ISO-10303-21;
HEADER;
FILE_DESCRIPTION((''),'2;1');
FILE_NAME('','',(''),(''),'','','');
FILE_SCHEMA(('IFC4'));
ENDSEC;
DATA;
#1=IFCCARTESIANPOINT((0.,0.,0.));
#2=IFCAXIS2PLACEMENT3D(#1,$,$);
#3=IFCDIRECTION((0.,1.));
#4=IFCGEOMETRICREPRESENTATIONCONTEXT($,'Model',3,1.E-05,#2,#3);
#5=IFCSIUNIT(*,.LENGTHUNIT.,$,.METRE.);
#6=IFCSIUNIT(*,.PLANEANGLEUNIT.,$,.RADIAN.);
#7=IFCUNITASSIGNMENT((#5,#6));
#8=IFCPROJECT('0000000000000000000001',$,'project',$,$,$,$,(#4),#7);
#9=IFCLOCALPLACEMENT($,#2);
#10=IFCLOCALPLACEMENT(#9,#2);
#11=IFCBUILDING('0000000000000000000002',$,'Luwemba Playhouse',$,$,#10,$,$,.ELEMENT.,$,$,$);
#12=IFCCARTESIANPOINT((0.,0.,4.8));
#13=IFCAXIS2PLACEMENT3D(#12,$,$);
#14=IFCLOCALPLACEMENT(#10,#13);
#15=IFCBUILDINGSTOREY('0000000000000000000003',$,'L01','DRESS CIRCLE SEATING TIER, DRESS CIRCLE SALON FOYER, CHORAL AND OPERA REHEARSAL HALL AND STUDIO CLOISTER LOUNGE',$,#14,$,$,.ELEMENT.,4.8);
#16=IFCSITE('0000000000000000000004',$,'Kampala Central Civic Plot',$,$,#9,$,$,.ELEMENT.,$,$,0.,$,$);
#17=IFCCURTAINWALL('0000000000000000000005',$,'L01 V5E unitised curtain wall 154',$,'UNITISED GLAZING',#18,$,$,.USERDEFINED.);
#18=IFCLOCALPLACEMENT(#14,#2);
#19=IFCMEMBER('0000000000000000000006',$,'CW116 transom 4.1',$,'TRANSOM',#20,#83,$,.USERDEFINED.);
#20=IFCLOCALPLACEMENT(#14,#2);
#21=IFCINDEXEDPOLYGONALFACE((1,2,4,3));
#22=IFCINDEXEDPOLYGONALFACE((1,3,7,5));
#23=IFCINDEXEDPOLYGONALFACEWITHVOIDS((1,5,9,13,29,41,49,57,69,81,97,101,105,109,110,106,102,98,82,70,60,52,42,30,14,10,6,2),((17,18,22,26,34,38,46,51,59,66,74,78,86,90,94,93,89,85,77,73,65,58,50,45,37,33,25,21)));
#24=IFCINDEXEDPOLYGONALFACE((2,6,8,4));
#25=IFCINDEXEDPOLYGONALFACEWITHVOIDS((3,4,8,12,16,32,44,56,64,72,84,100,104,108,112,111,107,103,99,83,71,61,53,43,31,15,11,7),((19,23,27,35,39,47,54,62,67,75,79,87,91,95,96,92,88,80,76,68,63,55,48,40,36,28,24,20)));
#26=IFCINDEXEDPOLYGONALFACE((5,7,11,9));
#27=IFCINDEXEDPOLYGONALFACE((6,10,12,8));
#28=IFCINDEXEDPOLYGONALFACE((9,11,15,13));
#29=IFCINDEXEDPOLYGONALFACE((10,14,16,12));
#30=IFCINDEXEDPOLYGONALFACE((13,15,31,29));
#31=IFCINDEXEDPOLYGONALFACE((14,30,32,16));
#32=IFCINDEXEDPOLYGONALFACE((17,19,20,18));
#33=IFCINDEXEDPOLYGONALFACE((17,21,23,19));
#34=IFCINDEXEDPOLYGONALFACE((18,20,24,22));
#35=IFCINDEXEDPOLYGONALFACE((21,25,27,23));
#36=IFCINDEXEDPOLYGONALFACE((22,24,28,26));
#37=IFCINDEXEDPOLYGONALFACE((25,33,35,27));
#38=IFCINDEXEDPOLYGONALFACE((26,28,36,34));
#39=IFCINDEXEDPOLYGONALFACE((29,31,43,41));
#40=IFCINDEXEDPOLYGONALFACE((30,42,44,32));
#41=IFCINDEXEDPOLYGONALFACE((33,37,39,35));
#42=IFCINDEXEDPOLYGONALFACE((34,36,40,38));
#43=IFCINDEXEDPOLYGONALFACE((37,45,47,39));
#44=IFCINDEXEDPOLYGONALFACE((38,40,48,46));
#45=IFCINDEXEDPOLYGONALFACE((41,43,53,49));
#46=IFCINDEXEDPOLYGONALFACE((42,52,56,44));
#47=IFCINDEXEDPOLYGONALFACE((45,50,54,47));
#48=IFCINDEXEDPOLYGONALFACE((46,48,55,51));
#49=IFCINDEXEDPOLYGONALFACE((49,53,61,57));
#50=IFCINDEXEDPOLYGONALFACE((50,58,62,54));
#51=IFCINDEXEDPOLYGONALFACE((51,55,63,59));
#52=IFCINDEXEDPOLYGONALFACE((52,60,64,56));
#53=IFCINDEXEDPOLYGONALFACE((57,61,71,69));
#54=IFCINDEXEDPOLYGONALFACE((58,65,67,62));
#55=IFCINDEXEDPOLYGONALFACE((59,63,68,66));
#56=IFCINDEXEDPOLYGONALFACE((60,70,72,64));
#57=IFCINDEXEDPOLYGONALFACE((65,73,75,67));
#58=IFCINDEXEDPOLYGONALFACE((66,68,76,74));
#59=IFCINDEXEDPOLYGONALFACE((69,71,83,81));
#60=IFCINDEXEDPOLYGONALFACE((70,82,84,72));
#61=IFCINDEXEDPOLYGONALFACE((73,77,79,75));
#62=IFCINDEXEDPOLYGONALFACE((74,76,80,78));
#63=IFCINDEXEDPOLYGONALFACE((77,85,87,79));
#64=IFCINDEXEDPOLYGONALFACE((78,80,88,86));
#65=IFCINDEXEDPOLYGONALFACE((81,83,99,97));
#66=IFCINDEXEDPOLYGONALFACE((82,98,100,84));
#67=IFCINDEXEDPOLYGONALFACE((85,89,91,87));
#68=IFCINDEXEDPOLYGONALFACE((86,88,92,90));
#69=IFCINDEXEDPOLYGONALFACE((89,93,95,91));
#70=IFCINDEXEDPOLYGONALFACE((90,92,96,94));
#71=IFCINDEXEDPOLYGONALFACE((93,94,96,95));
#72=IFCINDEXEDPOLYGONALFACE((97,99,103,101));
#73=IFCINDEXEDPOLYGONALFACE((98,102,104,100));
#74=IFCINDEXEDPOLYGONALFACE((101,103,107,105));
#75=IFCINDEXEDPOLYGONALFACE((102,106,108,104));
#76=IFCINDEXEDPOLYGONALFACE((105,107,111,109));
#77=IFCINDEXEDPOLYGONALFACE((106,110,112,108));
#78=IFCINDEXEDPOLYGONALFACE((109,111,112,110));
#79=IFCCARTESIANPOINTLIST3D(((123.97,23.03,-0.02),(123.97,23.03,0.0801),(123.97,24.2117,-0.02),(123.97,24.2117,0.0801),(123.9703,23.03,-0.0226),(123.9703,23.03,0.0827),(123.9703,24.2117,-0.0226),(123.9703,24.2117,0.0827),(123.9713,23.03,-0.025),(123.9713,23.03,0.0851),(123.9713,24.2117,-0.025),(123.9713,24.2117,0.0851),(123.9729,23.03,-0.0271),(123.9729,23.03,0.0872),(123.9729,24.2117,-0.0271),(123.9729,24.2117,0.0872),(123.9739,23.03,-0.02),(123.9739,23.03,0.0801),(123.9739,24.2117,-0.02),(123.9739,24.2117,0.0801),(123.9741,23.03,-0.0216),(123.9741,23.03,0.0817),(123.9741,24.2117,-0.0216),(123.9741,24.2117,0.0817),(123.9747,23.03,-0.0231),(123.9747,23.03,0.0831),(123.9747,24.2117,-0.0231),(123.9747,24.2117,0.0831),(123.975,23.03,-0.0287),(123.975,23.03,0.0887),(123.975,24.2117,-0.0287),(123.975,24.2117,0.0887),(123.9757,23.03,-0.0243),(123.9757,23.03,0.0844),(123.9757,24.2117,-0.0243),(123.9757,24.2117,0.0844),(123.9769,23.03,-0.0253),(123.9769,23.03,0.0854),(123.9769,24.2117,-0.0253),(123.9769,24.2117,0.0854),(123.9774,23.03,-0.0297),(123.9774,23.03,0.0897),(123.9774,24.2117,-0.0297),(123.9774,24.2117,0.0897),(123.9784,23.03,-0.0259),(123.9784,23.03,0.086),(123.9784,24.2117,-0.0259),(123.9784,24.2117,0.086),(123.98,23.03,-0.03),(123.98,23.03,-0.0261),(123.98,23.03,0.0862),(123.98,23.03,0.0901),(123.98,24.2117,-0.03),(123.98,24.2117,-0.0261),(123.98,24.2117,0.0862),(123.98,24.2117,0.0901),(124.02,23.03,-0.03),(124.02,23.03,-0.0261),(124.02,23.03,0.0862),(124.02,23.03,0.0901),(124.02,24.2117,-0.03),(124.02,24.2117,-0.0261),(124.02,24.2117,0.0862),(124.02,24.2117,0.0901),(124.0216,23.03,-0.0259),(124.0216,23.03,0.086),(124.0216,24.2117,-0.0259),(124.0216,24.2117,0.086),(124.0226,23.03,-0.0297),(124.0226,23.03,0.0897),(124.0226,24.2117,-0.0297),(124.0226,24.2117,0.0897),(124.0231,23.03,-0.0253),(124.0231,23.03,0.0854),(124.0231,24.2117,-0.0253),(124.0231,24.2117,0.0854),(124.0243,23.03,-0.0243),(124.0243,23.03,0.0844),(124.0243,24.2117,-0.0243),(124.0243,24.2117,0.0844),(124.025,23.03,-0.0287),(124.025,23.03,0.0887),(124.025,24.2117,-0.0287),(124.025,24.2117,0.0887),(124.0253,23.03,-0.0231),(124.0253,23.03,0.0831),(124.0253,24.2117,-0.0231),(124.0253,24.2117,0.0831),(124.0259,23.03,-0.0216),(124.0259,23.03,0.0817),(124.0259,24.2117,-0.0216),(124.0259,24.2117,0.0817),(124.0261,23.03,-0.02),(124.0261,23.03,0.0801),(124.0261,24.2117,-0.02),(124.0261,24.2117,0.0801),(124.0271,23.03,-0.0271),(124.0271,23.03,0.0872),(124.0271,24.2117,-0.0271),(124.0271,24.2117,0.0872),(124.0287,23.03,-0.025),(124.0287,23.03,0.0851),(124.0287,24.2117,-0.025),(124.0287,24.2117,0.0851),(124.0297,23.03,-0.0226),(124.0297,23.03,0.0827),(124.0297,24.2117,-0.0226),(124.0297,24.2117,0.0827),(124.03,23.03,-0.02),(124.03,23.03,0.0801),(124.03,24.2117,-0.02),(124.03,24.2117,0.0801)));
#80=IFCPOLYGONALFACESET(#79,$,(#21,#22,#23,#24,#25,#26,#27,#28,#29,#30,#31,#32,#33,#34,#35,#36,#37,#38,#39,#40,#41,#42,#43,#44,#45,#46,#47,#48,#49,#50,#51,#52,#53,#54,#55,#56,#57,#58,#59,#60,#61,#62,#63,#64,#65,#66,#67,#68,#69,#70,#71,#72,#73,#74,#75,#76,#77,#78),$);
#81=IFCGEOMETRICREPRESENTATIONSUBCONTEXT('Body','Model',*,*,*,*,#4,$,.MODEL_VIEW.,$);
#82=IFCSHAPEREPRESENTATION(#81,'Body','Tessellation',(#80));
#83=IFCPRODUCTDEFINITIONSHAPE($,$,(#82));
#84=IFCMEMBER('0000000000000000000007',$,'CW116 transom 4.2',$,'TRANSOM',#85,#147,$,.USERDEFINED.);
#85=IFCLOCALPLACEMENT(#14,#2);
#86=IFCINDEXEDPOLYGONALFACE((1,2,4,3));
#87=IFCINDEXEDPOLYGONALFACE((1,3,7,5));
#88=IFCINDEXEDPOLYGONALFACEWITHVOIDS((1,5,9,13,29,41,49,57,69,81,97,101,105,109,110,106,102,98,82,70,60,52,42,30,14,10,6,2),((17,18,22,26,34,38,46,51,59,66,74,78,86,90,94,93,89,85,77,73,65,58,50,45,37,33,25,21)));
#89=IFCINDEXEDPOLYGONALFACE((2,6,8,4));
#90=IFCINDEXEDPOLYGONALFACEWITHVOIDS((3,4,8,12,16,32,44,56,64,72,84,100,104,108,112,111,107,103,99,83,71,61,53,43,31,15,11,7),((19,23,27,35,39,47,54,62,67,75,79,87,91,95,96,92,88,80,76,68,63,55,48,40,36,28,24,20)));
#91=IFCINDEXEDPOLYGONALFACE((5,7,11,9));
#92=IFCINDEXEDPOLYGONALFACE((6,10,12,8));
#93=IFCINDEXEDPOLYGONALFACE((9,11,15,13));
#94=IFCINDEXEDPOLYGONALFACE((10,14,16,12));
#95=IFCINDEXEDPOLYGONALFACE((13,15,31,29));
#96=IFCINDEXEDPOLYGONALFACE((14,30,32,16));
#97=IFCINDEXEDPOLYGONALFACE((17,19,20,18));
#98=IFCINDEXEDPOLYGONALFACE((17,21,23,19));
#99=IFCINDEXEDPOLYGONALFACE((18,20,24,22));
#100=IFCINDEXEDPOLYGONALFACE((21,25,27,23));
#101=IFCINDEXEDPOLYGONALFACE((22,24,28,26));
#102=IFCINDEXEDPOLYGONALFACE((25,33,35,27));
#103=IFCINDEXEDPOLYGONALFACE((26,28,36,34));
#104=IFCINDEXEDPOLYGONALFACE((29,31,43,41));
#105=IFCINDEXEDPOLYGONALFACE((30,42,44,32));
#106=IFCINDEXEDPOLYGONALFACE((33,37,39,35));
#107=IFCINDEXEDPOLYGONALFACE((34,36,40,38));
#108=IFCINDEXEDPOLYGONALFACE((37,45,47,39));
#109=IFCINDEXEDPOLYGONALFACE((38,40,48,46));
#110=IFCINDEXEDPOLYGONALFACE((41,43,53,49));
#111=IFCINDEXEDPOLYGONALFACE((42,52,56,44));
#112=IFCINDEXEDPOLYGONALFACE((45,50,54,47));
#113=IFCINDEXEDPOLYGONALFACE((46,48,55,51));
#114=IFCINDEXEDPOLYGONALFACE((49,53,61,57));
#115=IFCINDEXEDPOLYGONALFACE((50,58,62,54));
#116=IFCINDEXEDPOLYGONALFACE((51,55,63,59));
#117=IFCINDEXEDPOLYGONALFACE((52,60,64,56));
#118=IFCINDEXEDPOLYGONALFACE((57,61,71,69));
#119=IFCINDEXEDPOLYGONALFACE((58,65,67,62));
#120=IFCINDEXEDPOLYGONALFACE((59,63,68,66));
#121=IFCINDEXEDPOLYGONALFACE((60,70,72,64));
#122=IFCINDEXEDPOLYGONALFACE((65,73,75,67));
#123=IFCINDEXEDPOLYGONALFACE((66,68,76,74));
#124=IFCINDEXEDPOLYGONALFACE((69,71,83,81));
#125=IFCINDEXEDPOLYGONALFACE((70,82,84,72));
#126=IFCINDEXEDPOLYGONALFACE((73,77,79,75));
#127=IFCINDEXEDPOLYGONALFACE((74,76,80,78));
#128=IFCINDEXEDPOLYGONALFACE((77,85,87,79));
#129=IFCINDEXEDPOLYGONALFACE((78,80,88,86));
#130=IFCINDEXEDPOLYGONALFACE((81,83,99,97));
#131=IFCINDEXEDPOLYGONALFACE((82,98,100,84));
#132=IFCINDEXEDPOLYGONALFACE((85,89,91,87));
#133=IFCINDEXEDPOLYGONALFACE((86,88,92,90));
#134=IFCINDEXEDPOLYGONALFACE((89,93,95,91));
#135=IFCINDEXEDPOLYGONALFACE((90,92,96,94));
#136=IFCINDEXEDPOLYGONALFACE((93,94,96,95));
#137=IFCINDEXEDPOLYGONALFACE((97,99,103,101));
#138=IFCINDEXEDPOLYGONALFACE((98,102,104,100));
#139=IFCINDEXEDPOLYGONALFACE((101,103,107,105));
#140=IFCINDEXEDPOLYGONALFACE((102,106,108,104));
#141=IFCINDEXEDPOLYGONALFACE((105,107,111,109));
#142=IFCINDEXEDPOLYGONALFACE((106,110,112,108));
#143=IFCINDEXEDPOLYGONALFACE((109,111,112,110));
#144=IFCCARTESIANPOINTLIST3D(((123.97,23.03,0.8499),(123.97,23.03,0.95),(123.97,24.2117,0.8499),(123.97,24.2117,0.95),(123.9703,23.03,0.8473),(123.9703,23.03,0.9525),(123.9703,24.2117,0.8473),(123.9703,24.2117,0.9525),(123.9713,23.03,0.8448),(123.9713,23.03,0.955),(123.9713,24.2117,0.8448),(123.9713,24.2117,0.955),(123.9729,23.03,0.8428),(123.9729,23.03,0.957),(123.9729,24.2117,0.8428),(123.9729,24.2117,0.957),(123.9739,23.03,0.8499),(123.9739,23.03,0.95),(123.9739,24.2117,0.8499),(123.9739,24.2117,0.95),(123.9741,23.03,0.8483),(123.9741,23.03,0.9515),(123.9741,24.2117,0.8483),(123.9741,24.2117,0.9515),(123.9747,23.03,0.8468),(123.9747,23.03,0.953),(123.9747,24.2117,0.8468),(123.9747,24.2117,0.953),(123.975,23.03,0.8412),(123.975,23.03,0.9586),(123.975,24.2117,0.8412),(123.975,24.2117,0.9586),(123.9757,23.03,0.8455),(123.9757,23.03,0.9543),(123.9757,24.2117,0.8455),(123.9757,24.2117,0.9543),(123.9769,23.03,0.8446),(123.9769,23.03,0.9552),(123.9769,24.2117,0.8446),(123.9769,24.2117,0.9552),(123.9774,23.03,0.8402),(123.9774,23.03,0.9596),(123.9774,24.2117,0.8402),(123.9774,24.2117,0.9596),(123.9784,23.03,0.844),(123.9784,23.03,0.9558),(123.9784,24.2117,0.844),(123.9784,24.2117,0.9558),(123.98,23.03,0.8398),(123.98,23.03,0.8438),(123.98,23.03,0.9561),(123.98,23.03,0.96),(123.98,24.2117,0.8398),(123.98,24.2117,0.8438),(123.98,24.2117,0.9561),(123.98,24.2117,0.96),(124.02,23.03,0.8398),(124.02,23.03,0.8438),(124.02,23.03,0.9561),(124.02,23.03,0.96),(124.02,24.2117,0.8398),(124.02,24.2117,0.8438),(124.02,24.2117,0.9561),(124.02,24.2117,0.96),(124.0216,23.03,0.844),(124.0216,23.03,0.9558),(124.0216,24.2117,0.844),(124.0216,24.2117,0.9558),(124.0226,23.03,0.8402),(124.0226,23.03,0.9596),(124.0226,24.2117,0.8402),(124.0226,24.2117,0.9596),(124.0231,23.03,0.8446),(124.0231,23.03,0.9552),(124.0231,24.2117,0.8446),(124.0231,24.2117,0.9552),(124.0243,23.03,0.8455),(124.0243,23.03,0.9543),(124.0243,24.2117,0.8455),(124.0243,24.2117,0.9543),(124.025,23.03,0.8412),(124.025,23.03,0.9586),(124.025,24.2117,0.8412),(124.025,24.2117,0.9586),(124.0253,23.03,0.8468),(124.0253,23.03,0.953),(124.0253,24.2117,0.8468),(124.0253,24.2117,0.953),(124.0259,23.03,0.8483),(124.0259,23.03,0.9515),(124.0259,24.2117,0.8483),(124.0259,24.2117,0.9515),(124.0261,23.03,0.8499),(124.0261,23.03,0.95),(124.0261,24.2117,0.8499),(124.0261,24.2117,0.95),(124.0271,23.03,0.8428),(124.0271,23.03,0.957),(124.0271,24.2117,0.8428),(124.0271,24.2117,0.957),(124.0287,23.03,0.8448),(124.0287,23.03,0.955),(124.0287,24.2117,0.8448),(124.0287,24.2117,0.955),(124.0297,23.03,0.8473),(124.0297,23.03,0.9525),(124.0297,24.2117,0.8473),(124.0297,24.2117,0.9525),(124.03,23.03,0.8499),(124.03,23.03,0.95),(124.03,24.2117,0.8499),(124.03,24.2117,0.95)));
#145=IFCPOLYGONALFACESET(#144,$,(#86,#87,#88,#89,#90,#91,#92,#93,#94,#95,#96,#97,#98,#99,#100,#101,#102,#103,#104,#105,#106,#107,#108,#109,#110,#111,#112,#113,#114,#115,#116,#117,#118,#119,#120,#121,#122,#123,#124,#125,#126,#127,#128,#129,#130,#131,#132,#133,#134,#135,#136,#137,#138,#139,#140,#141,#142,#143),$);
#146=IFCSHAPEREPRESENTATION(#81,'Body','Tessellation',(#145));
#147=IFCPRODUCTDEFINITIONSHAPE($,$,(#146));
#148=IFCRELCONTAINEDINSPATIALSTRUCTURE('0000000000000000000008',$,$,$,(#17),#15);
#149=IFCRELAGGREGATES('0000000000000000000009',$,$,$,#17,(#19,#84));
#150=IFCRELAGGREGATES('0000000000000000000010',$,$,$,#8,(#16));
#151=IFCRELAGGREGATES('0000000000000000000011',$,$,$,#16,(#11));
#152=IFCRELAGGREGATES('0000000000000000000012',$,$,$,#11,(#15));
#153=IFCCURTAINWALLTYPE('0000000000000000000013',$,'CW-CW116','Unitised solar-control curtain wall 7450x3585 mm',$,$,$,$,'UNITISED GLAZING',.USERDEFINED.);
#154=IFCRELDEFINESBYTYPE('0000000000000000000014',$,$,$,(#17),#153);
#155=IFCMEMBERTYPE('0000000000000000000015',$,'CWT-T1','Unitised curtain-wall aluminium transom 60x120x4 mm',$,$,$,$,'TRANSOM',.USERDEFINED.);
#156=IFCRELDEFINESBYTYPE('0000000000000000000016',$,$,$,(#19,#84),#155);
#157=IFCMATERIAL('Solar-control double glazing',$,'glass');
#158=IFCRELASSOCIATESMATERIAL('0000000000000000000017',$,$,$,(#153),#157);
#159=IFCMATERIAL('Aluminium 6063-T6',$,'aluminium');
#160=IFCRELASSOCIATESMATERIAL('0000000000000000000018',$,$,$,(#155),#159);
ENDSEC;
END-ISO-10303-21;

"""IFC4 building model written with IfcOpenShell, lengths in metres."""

from ifc_helpers import new_model, si_unit, direction, frame, origin, origin_2d, place, context, subcontext, project, spatial, hollow_rectangle, extrude, material, material_profile, profile_set, type_object, element, aggregate, save


model = new_model("IFC4")

# Units and contexts
model_context = context("Model", 3, precision=1e-05, world=origin(), true_north=direction((0.0, 1.0)))
body_context = subcontext(model_context, "Body", "Model", "MODEL_VIEW")
ifc_project = project(units=[si_unit("LENGTHUNIT", "METRE"), si_unit("PLANEANGLEUNIT", "RADIAN")], contexts=[model_context])

# Site, building, storey
site_placement = place(None, origin())
site = spatial("IfcSite", under=ifc_project, at=site_placement, Name="Kampala Central Civic Plot", CompositionType="ELEMENT", RefElevation=0.0)
building_placement = place(site_placement, origin())
building = spatial("IfcBuilding", under=site, at=building_placement, Name="Luwemba Playhouse", CompositionType="ELEMENT")
storey_placement = place(building_placement, frame((0.0, 0.0, 4.8)))
storey = spatial("IfcBuildingStorey", under=building, at=storey_placement, Name="L01", Description="DRESS CIRCLE SEATING TIER, DRESS CIRCLE SALON FOYER, CHORAL AND OPERA REHEARSAL HALL AND STUDIO CLOISTER LOUNGE", CompositionType="ELEMENT", Elevation=4.8)

# Curtain wall, members
ifc_material_1 = material(Name="Solar-control double glazing", Category="glass")
curtain_wall_type = type_object("IfcCurtainWallType", Name="CW-CW116", Description="Unitised solar-control curtain wall 7450x3585 mm", ElementType="UNITISED GLAZING", PredefinedType="USERDEFINED", material=ifc_material_1)
curtain_wall_placement = place(storey_placement, origin())
curtain_wall = element("IfcCurtainWall", 1, at=curtain_wall_placement, inside=storey, type_object=curtain_wall_type, Name="L01 V5E unitised curtain wall 154", ObjectType="UNITISED GLAZING", PredefinedType="USERDEFINED")
ifc_material_2 = material(Name="Aluminium 6063-T6", Category="aluminium")
ifc_material_profile_1 = material_profile(ifc_material_2, hollow_rectangle(XDim=0.0601, YDim=0.1201, WallThickness=0.0039, InnerFilletRadius=0.0061, OuterFilletRadius=0.01, at=origin_2d()))
ifc_profile_set_1 = profile_set([ifc_material_profile_1], Name="Aluminium 6063-T6")
member_type_1 = type_object("IfcMemberType", Name="CWT-T1", Description="Unitised curtain-wall aluminium transom 60x120x4 mm", ElementType="TRANSOM", PredefinedType="USERDEFINED", material=ifc_profile_set_1)
member_1_placement = place(storey_placement, frame((124.0, 23.03, 0.03), z_axis=(0.0, 1.0, 0.0), x_axis=(-1.0, 0.0, 0.0)))
member_1 = element("IfcMember", 2, at=member_1_placement, type_object=member_type_1, Name="CW116 transom 4.1", ObjectType="TRANSOM", PredefinedType="USERDEFINED", context=body_context, shape_type="SweptSolid", body=[
    extrude(hollow_rectangle(XDim=0.0601, YDim=0.1201, WallThickness=0.0039, InnerFilletRadius=0.0061, OuterFilletRadius=0.01, at=origin_2d()), origin(), (0.0, 0.0, 1.0), 1.1816),
])
member_2_placement = place(storey_placement, frame((124.0, 23.03, 0.8999), z_axis=(0.0, 1.0, 0.0), x_axis=(-1.0, 0.0, 0.0)))
member_2 = element("IfcMember", 3, at=member_2_placement, type_object=member_type_1, Name="CW116 transom 4.2", ObjectType="TRANSOM", PredefinedType="USERDEFINED", context=body_context, shape_type="SweptSolid", body=[
    extrude(hollow_rectangle(XDim=0.0601, YDim=0.1201, WallThickness=0.0039, InnerFilletRadius=0.0061, OuterFilletRadius=0.01, at=origin_2d()), origin(), (0.0, 0.0, 1.0), 1.1816),
])
aggregate(curtain_wall, [member_1, member_2])

save(model, "model.ifc")
